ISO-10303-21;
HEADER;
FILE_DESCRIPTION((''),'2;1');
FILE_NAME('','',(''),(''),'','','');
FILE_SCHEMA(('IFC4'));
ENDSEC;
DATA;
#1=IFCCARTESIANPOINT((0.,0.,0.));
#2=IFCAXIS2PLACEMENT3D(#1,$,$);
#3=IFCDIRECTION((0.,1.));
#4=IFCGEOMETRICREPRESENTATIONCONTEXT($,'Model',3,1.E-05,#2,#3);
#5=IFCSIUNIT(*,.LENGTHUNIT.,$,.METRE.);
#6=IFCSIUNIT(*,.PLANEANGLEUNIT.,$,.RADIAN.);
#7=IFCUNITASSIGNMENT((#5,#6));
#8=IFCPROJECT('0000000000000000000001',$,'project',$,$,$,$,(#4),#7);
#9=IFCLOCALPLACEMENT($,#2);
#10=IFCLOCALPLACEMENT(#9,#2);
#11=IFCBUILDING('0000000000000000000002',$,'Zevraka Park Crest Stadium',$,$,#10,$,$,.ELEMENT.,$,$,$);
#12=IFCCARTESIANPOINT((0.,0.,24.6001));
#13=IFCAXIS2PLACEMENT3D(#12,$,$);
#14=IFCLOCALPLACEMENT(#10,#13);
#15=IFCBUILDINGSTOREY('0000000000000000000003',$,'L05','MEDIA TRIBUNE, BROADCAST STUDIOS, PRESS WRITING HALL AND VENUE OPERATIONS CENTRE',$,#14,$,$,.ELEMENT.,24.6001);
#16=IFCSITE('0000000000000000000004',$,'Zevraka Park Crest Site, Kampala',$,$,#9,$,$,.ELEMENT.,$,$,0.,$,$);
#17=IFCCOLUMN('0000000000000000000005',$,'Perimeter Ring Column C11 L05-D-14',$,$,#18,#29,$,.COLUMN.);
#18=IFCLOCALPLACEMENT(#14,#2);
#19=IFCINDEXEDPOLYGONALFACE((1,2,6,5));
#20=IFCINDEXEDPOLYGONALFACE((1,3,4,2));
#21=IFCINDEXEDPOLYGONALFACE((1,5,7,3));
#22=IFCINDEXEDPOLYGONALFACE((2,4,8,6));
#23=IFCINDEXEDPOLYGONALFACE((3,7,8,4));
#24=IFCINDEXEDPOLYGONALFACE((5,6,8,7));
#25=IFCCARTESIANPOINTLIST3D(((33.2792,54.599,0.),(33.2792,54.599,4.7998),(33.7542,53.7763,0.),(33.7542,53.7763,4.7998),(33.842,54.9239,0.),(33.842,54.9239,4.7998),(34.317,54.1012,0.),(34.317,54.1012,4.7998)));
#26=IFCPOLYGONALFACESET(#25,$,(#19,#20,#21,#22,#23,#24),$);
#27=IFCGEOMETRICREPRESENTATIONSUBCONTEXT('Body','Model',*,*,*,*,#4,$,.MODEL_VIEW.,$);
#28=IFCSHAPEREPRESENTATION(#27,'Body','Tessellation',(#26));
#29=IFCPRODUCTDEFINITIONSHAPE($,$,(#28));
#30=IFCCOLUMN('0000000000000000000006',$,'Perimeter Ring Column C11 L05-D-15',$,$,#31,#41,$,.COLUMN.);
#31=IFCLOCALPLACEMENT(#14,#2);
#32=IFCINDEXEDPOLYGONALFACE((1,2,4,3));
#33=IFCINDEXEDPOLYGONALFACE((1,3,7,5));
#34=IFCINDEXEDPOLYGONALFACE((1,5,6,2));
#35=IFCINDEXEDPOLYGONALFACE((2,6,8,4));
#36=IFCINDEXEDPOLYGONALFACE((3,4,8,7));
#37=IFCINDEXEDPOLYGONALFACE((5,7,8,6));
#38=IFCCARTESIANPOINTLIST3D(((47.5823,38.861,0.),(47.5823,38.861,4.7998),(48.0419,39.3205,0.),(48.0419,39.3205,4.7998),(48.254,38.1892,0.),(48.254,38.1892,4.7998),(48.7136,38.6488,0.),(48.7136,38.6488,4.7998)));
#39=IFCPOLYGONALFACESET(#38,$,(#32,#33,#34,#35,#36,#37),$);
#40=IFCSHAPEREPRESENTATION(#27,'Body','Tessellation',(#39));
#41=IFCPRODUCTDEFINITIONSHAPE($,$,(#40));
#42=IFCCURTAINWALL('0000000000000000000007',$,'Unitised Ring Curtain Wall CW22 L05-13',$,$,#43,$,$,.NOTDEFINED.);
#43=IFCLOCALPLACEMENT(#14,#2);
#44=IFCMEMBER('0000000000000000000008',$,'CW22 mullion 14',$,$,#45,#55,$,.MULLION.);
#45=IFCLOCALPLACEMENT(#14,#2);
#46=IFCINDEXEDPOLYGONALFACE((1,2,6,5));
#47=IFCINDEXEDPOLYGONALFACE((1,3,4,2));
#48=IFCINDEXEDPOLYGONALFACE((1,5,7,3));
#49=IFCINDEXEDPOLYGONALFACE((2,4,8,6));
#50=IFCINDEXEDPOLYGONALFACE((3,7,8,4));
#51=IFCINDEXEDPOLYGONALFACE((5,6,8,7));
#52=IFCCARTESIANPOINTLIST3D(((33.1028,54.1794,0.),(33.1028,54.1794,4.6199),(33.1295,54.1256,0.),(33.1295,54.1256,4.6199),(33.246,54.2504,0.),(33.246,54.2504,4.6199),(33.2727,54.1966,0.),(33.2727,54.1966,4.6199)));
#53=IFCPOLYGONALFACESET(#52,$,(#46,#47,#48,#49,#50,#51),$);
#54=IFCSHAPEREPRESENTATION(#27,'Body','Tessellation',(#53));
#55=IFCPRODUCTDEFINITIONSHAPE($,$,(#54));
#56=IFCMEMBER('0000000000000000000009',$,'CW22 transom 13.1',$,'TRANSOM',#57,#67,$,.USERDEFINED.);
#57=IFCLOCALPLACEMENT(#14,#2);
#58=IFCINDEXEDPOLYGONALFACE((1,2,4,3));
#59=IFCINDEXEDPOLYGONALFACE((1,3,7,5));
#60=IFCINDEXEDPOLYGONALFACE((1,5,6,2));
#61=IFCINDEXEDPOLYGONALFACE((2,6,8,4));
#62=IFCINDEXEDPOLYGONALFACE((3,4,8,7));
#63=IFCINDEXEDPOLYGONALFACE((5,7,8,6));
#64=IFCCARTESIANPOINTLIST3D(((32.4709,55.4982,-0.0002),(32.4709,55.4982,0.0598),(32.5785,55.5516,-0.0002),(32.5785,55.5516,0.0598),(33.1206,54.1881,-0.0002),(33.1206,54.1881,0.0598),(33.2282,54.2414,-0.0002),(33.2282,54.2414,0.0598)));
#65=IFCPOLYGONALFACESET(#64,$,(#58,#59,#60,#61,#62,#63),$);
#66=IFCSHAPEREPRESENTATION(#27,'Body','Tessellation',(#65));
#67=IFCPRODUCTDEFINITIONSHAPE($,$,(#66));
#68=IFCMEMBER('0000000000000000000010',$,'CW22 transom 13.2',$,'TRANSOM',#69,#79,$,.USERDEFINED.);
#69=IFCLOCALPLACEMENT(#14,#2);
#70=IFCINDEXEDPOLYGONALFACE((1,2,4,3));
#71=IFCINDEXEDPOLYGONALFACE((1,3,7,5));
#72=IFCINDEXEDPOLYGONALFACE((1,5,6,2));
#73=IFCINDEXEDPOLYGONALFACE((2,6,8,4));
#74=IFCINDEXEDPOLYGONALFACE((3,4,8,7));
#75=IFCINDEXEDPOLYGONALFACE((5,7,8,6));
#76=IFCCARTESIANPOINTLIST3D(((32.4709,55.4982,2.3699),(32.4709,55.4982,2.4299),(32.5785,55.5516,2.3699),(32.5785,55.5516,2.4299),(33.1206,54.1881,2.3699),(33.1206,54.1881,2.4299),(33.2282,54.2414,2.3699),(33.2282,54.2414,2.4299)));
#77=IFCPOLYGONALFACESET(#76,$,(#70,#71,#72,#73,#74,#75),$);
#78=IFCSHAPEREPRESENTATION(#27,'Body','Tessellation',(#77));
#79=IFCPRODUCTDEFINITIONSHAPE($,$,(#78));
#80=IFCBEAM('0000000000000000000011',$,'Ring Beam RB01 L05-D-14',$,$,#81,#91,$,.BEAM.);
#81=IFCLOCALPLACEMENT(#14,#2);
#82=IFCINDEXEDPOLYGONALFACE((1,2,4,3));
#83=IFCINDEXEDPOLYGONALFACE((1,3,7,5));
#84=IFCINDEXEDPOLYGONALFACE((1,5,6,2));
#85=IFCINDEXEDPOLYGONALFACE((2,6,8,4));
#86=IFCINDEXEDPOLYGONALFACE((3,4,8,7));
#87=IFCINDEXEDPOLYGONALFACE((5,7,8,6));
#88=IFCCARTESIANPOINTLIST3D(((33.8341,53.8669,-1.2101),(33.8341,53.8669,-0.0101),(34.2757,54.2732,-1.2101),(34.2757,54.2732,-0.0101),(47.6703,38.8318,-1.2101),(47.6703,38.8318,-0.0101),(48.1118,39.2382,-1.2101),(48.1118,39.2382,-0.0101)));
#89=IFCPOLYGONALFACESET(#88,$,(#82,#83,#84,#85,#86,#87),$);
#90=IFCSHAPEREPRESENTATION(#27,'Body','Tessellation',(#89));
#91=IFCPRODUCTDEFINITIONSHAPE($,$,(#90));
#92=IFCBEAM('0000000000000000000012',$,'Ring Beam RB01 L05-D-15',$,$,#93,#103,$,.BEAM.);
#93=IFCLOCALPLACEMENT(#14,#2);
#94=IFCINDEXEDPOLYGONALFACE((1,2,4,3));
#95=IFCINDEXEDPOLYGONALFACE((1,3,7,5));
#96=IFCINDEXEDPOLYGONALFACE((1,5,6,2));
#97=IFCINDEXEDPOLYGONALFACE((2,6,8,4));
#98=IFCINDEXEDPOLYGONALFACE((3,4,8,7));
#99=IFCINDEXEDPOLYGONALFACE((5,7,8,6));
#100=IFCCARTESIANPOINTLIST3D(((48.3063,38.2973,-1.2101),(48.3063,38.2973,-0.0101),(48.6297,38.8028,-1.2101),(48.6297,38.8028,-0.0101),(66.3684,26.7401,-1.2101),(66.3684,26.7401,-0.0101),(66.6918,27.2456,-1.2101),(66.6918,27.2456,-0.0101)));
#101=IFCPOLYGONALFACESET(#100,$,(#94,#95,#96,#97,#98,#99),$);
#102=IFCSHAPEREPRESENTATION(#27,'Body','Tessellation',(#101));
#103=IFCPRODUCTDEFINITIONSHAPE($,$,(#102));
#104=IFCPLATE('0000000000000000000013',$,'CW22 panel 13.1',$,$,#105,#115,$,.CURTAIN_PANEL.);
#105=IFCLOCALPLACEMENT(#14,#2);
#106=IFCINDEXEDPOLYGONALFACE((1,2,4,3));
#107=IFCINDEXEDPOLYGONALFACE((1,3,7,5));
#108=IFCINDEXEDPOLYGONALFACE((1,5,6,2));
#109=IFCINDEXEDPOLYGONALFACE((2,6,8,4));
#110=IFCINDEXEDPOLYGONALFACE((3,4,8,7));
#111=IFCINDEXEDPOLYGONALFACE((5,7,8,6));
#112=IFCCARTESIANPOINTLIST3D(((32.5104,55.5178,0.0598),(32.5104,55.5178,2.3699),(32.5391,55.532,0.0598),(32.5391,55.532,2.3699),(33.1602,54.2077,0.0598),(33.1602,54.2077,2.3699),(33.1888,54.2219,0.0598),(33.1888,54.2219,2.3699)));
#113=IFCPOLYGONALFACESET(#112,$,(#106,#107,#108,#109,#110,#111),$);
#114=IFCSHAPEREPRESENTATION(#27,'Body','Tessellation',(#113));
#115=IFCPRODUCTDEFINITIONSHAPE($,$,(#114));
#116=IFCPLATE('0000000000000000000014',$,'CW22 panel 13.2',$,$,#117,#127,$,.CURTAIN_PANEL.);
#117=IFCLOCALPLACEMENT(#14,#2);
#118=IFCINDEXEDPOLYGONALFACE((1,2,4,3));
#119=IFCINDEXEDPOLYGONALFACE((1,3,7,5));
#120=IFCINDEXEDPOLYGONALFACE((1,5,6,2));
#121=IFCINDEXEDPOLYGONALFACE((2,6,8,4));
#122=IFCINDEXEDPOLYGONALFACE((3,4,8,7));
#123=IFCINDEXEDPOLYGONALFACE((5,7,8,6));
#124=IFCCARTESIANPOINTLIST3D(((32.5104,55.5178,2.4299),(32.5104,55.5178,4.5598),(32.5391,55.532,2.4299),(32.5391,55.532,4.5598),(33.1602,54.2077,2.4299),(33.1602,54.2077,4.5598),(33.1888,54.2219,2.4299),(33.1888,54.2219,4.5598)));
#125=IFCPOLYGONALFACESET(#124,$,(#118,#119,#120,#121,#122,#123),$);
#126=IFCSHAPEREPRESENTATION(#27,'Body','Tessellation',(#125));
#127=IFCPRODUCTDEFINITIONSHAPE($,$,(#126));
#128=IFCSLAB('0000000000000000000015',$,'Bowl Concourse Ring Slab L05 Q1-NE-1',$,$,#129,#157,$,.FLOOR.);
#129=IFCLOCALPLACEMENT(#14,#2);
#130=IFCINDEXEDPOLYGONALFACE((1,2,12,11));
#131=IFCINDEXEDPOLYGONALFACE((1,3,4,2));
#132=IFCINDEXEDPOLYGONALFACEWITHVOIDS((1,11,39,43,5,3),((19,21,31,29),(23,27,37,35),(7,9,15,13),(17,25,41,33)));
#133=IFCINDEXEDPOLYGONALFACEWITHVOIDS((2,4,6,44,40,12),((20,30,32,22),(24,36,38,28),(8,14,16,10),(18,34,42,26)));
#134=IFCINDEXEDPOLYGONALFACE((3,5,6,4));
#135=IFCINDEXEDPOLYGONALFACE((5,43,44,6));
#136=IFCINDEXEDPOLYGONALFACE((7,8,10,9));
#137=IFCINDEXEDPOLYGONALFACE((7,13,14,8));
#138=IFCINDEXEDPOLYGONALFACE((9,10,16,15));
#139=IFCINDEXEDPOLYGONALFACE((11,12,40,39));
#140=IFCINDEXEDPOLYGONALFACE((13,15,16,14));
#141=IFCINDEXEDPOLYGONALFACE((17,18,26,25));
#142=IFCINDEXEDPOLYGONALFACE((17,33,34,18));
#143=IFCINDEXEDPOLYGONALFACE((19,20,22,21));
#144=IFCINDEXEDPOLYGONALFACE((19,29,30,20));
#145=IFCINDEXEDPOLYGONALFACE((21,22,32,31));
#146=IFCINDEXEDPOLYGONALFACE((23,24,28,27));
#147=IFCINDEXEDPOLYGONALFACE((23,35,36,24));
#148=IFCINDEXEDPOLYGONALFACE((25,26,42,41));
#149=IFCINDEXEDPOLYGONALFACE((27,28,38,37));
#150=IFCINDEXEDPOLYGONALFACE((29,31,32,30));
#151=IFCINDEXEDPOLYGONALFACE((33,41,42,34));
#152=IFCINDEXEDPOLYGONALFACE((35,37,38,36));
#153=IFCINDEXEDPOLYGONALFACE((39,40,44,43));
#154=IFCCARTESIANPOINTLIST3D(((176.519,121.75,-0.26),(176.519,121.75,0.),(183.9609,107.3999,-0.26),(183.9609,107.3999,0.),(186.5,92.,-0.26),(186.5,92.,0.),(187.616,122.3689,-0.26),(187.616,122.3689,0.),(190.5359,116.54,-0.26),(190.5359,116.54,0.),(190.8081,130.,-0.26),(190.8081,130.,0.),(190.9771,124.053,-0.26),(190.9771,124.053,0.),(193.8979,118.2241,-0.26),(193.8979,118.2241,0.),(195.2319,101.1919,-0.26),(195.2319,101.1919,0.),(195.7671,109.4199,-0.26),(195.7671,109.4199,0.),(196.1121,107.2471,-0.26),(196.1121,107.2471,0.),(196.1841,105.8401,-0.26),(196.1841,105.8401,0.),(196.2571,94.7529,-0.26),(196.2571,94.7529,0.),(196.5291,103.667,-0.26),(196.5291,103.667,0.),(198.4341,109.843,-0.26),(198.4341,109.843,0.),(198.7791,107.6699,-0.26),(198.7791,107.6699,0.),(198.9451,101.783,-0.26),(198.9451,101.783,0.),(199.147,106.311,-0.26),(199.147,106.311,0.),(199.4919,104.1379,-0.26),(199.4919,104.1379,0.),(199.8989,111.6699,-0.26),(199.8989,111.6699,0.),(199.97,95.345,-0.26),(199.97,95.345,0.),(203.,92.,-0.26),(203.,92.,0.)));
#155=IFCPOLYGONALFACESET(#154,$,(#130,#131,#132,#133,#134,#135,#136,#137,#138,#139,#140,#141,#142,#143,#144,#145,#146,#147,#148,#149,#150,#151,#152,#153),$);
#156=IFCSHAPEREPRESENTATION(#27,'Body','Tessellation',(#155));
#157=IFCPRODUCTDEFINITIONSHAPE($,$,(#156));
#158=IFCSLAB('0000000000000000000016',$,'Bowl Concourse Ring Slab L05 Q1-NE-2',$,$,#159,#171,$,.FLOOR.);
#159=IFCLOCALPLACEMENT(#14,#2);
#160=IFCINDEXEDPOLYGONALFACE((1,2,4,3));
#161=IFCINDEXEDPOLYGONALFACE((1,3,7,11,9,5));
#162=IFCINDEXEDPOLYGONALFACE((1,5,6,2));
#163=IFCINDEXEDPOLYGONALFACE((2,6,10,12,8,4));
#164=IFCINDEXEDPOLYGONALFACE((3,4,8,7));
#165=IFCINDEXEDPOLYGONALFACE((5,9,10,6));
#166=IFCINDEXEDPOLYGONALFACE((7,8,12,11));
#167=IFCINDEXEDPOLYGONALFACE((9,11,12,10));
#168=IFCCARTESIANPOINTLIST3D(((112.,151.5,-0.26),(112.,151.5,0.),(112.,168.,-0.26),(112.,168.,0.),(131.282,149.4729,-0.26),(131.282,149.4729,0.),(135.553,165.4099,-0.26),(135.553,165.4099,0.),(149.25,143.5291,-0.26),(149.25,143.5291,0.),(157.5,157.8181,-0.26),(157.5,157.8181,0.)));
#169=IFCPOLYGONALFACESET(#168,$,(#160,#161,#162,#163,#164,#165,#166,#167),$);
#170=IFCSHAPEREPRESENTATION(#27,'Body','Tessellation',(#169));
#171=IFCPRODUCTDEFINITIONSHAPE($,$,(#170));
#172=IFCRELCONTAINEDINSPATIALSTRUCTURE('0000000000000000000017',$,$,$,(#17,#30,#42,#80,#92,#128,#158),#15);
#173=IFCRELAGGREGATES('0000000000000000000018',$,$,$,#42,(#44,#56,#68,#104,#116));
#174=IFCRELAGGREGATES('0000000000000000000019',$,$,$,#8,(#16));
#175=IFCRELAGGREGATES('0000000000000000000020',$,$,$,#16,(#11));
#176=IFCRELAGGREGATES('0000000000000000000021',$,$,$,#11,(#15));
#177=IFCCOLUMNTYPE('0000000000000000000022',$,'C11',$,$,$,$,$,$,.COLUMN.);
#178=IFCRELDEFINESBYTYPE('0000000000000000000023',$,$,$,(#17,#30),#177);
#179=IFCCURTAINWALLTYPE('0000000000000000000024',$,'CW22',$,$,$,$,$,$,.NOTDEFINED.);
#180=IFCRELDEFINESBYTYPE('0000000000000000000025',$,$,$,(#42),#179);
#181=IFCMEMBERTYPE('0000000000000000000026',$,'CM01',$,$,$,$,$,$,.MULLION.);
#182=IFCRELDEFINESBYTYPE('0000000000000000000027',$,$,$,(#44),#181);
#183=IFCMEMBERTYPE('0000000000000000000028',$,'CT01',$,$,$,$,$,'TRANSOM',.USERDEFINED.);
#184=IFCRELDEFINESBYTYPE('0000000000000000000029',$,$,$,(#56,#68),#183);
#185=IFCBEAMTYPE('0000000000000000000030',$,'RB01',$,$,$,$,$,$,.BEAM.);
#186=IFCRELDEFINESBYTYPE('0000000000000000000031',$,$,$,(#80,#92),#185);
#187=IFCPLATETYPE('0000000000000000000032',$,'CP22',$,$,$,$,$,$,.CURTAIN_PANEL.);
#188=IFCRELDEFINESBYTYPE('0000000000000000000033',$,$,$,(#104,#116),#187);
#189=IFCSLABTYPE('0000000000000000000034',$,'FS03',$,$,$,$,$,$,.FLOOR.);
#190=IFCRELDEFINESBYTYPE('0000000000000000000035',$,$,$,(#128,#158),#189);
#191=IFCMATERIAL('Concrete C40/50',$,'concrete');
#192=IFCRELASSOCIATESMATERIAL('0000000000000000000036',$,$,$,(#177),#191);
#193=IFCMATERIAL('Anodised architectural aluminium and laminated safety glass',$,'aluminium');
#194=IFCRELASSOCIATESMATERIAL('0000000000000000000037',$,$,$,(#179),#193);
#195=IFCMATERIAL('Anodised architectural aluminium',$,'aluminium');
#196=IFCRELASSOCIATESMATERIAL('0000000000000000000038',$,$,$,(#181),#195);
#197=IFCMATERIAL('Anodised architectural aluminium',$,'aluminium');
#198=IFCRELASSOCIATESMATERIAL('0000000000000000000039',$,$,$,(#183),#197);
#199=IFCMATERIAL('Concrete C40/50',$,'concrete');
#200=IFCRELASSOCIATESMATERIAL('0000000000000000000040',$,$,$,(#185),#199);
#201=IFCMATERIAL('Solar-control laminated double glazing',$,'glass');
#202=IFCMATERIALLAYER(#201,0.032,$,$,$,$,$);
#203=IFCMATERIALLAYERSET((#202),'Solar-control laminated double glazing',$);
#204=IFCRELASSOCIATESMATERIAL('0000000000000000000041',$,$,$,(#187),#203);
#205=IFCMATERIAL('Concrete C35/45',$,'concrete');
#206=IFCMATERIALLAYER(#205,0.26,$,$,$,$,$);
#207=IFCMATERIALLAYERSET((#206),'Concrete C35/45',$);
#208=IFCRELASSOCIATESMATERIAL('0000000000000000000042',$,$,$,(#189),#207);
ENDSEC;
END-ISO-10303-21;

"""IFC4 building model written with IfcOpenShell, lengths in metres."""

from ifc_helpers import new_model, si_unit, direction, frame, origin, origin_2d, place, context, subcontext, project, spatial, polyline, rectangle, outline, extrude, material, layer, layer_set, material_profile, profile_set, type_object, element, aggregate, save


model = new_model("IFC4")

# Units and contexts
model_context = context("Model", 3, precision=1e-05, world=origin(), true_north=direction((0.0, 1.0)))
body_context = subcontext(model_context, "Body", "Model", "MODEL_VIEW")
ifc_project = project(units=[si_unit("LENGTHUNIT", "METRE"), si_unit("PLANEANGLEUNIT", "RADIAN")], contexts=[model_context])

# Site, building, storey
site_placement = place(None, origin())
site = spatial("IfcSite", under=ifc_project, at=site_placement, Name="Zevraka Park Crest Site, Kampala", CompositionType="ELEMENT", RefElevation=0.0)
building_placement = place(site_placement, origin())
building = spatial("IfcBuilding", under=site, at=building_placement, Name="Zevraka Park Crest Stadium", CompositionType="ELEMENT")
storey_placement = place(building_placement, frame((0.0, 0.0, 24.6001)))
storey = spatial("IfcBuildingStorey", under=building, at=storey_placement, Name="L05", Description="MEDIA TRIBUNE, BROADCAST STUDIOS, PRESS WRITING HALL AND VENUE OPERATIONS CENTRE", CompositionType="ELEMENT", Elevation=24.6001)

# Columns
ifc_material_1 = material(Name="Concrete C40/50", Category="concrete")
ifc_material_profile_1 = material_profile(ifc_material_1, rectangle(XDim=0.6499, YDim=0.95, at=origin_2d()), Name="RC 950x650")
ifc_profile_set_1 = profile_set([ifc_material_profile_1], Name="Concrete C40/50")
column_type = type_object("IfcColumnType", Name="C11", PredefinedType="COLUMN", material=ifc_profile_set_1)
for number, where, z_axis, x_axis, name in (
    (1, (33.7981, 54.3501, 0.0), (0.0, 0.0, 1.0), (0.866025, 0.5, 0.0), "Perimeter Ring Column C11 L05-D-14"),
    (2, (48.1479, 38.7549, 0.0), (0.0, 0.0, 1.0), (0.707107, 0.707107, 0.0), "Perimeter Ring Column C11 L05-D-15"),
):
    element("IfcColumn", number, at=place(storey_placement, frame(where, z_axis=z_axis, x_axis=x_axis)), inside=storey, type_object=column_type, Name=name, PredefinedType="COLUMN", context=body_context, shape_type="SweptSolid", body=[
        extrude(rectangle(XDim=0.6499, YDim=0.95, at=origin_2d()), origin(), (0.0, 0.0, 1.0), 4.7998),
    ])

# Curtain wall, members
ifc_material_2 = material(Name="Anodised architectural aluminium and laminated safety glass", Category="aluminium")
curtain_wall_type = type_object("IfcCurtainWallType", Name="CW22", PredefinedType="NOTDEFINED", material=ifc_material_2)
curtain_wall_placement = place(storey_placement, origin())
curtain_wall = element("IfcCurtainWall", 3, at=curtain_wall_placement, inside=storey, type_object=curtain_wall_type, Name="Unitised Ring Curtain Wall CW22 L05-13", PredefinedType="NOTDEFINED")
ifc_material_3 = material(Name="Anodised architectural aluminium", Category="aluminium")
ifc_material_profile_2 = material_profile(ifc_material_3, rectangle(XDim=0.1599, YDim=0.0601, at=origin_2d()), Name="ALU MULLION 160x60")
ifc_profile_set_2 = profile_set([ifc_material_profile_2], Name="Anodised architectural aluminium")
member_type_1 = type_object("IfcMemberType", Name="CM01", PredefinedType="MULLION", material=ifc_profile_set_2)
member_1_placement = place(storey_placement, frame((33.1877, 54.188, 0.0), z_axis=(0.0, 0.0, 1.0), x_axis=(0.895879, 0.444297, 0.0)))
member_1 = element("IfcMember", 4, at=member_1_placement, type_object=member_type_1, Name="CW22 mullion 14", PredefinedType="MULLION", context=body_context, shape_type="SweptSolid", body=[
    extrude(rectangle(XDim=0.1599, YDim=0.0601, at=origin_2d()), origin(), (0.0, 0.0, 1.0), 4.6199),
])
ifc_material_4 = material(Name="Anodised architectural aluminium", Category="aluminium")
ifc_material_profile_3 = material_profile(ifc_material_4, rectangle(XDim=0.1201, YDim=0.0601, at=origin_2d()), Name="ALU TRANSOM 120x60")
ifc_profile_set_3 = profile_set([ifc_material_profile_3], Name="Anodised architectural aluminium")
member_type_2 = type_object("IfcMemberType", Name="CT01", ElementType="TRANSOM", PredefinedType="USERDEFINED", material=ifc_profile_set_3)
member_2_placement = place(storey_placement, frame((32.5247, 55.5249, 0.0298), z_axis=(0.444273, -0.895892, 0.0), x_axis=(0.895892, 0.444273, 0.0)))
member_2 = element("IfcMember", 5, at=member_2_placement, type_object=member_type_2, Name="CW22 transom 13.1", ObjectType="TRANSOM", PredefinedType="USERDEFINED", context=body_context, shape_type="SweptSolid", body=[
    extrude(rectangle(XDim=0.1201, YDim=0.0601, at=origin_2d()), origin(), (0.0, 0.0, 1.0), 1.4624),
])
member_3_placement = place(storey_placement, frame((32.5247, 55.5249, 2.3999), z_axis=(0.444273, -0.895892, 0.0), x_axis=(0.895892, 0.444273, 0.0)))
member_3 = element("IfcMember", 6, at=member_3_placement, type_object=member_type_2, Name="CW22 transom 13.2", ObjectType="TRANSOM", PredefinedType="USERDEFINED", context=body_context, shape_type="SweptSolid", body=[
    extrude(rectangle(XDim=0.1201, YDim=0.0601, at=origin_2d()), origin(), (0.0, 0.0, 1.0), 1.4624),
])

# Beams
ifc_material_5 = material(Name="Concrete C40/50", Category="concrete")
ifc_material_profile_4 = material_profile(ifc_material_5, rectangle(XDim=0.6001, YDim=1.2, at=origin_2d()), Name="RC 1200x600")
ifc_profile_set_4 = profile_set([ifc_material_profile_4], Name="Concrete C40/50")
beam_type = type_object("IfcBeamType", Name="RB01", PredefinedType="BEAM", material=ifc_profile_set_4)
beam_1_placement = place(storey_placement, frame((34.0549, 54.0701, -0.6101), z_axis=(0.677158, -0.735837, 0.0), x_axis=(0.735837, 0.677158, 0.0)))
element("IfcBeam", 7, at=beam_1_placement, inside=storey, type_object=beam_type, Name="Ring Beam RB01 L05-D-14", PredefinedType="BEAM", context=body_context, shape_type="SweptSolid", body=[
    extrude(rectangle(XDim=0.6001, YDim=1.2, at=origin_2d()), origin(), (0.0, 0.0, 1.0), 20.4326),
])
beam_2_placement = place(storey_placement, frame((48.468, 38.55, -0.6101), z_axis=(0.842326, -0.538969, 0.0), x_axis=(0.538969, 0.842326, 0.0)))
element("IfcBeam", 8, at=beam_2_placement, inside=storey, type_object=beam_type, Name="Ring Beam RB01 L05-D-15", PredefinedType="BEAM", context=body_context, shape_type="SweptSolid", body=[
    extrude(rectangle(XDim=0.6001, YDim=1.2, at=origin_2d()), origin(), (0.0, 0.0, 1.0), 21.4431),
])

# Plates
ifc_material_6 = material(Name="Solar-control laminated double glazing", Category="glass")
ifc_layer_1 = layer(ifc_material_6, 0.032)
ifc_layer_set_1 = layer_set([ifc_layer_1], Name="Solar-control laminated double glazing")
plate_type = type_object("IfcPlateType", Name="CP22", PredefinedType="CURTAIN_PANEL", material=ifc_layer_set_1)
plate_1_placement = place(storey_placement, frame((32.8496, 54.8699, 0.0598), z_axis=(0.0, 0.0, 1.0), x_axis=(0.444297, -0.895879, 0.0)))
plate_1 = element("IfcPlate", 9, at=plate_1_placement, type_object=plate_type, Name="CW22 panel 13.1", PredefinedType="CURTAIN_PANEL", context=body_context, shape_type="SweptSolid", body=[
    extrude(rectangle(XDim=1.4624, YDim=0.032, at=origin_2d()), origin(), (0.0, 0.0, 1.0), 2.3101),
])
plate_2_placement = place(storey_placement, frame((32.8496, 54.8699, 2.4299), z_axis=(0.0, 0.0, 1.0), x_axis=(0.444297, -0.895879, 0.0)))
plate_2 = element("IfcPlate", 10, at=plate_2_placement, type_object=plate_type, Name="CW22 panel 13.2", PredefinedType="CURTAIN_PANEL", context=body_context, shape_type="SweptSolid", body=[
    extrude(rectangle(XDim=1.4624, YDim=0.032, at=origin_2d()), origin(), (0.0, 0.0, 1.0), 2.1299),
])
aggregate(curtain_wall, [member_1, member_2, member_3, plate_1, plate_2])

# Slabs
ifc_material_7 = material(Name="Concrete C35/45", Category="concrete")
ifc_layer_2 = layer(ifc_material_7, 0.26)
ifc_layer_set_2 = layer_set([ifc_layer_2], Name="Concrete C35/45")
slab_type = type_object("IfcSlabType", Name="FS03", PredefinedType="FLOOR", material=ifc_layer_set_2)
slab_1_placement = place(storey_placement, frame((0.0, 0.0, -0.26)))
element("IfcSlab", 11, at=slab_1_placement, inside=storey, type_object=slab_type, Name="Bowl Concourse Ring Slab L05 Q1-NE-1", PredefinedType="FLOOR", context=body_context, shape_type="SweptSolid", body=[
    extrude(outline(polyline([(183.9609, 107.3999), (176.519, 121.75), (190.8081, 130.0), (199.8989, 111.6699), (203.0, 92.0), (186.5, 92.0), (183.9609, 107.3999)]), holes=[polyline([(196.2571, 94.7529), (199.97, 95.345), (198.9451, 101.783), (195.2319, 101.1919), (196.2571, 94.7529)]), polyline([(196.5291, 103.667), (199.4919, 104.1379), (199.147, 106.311), (196.1841, 105.8401), (196.5291, 103.667)]), polyline([(196.1121, 107.2471), (198.7791, 107.6699), (198.4341, 109.843), (195.7671, 109.4199), (196.1121, 107.2471)]), polyline([(190.5359, 116.54), (193.8979, 118.2241), (190.9771, 124.053), (187.616, 122.3689), (190.5359, 116.54)])]), origin(), (0.0, 0.0, 1.0), 0.26),
])
slab_2_placement = place(storey_placement, frame((0.0, 0.0, -0.26)))
element("IfcSlab", 12, at=slab_2_placement, inside=storey, type_object=slab_type, Name="Bowl Concourse Ring Slab L05 Q1-NE-2", PredefinedType="FLOOR", context=body_context, shape_type="SweptSolid", body=[
    extrude(outline(polyline([(149.25, 143.5291), (131.282, 149.4729), (112.0, 151.5), (112.0, 168.0), (135.553, 165.4099), (157.5, 157.8181), (149.25, 143.5291)])), origin(), (0.0, 0.0, 1.0), 0.26),
])

save(model, "model.ifc")
